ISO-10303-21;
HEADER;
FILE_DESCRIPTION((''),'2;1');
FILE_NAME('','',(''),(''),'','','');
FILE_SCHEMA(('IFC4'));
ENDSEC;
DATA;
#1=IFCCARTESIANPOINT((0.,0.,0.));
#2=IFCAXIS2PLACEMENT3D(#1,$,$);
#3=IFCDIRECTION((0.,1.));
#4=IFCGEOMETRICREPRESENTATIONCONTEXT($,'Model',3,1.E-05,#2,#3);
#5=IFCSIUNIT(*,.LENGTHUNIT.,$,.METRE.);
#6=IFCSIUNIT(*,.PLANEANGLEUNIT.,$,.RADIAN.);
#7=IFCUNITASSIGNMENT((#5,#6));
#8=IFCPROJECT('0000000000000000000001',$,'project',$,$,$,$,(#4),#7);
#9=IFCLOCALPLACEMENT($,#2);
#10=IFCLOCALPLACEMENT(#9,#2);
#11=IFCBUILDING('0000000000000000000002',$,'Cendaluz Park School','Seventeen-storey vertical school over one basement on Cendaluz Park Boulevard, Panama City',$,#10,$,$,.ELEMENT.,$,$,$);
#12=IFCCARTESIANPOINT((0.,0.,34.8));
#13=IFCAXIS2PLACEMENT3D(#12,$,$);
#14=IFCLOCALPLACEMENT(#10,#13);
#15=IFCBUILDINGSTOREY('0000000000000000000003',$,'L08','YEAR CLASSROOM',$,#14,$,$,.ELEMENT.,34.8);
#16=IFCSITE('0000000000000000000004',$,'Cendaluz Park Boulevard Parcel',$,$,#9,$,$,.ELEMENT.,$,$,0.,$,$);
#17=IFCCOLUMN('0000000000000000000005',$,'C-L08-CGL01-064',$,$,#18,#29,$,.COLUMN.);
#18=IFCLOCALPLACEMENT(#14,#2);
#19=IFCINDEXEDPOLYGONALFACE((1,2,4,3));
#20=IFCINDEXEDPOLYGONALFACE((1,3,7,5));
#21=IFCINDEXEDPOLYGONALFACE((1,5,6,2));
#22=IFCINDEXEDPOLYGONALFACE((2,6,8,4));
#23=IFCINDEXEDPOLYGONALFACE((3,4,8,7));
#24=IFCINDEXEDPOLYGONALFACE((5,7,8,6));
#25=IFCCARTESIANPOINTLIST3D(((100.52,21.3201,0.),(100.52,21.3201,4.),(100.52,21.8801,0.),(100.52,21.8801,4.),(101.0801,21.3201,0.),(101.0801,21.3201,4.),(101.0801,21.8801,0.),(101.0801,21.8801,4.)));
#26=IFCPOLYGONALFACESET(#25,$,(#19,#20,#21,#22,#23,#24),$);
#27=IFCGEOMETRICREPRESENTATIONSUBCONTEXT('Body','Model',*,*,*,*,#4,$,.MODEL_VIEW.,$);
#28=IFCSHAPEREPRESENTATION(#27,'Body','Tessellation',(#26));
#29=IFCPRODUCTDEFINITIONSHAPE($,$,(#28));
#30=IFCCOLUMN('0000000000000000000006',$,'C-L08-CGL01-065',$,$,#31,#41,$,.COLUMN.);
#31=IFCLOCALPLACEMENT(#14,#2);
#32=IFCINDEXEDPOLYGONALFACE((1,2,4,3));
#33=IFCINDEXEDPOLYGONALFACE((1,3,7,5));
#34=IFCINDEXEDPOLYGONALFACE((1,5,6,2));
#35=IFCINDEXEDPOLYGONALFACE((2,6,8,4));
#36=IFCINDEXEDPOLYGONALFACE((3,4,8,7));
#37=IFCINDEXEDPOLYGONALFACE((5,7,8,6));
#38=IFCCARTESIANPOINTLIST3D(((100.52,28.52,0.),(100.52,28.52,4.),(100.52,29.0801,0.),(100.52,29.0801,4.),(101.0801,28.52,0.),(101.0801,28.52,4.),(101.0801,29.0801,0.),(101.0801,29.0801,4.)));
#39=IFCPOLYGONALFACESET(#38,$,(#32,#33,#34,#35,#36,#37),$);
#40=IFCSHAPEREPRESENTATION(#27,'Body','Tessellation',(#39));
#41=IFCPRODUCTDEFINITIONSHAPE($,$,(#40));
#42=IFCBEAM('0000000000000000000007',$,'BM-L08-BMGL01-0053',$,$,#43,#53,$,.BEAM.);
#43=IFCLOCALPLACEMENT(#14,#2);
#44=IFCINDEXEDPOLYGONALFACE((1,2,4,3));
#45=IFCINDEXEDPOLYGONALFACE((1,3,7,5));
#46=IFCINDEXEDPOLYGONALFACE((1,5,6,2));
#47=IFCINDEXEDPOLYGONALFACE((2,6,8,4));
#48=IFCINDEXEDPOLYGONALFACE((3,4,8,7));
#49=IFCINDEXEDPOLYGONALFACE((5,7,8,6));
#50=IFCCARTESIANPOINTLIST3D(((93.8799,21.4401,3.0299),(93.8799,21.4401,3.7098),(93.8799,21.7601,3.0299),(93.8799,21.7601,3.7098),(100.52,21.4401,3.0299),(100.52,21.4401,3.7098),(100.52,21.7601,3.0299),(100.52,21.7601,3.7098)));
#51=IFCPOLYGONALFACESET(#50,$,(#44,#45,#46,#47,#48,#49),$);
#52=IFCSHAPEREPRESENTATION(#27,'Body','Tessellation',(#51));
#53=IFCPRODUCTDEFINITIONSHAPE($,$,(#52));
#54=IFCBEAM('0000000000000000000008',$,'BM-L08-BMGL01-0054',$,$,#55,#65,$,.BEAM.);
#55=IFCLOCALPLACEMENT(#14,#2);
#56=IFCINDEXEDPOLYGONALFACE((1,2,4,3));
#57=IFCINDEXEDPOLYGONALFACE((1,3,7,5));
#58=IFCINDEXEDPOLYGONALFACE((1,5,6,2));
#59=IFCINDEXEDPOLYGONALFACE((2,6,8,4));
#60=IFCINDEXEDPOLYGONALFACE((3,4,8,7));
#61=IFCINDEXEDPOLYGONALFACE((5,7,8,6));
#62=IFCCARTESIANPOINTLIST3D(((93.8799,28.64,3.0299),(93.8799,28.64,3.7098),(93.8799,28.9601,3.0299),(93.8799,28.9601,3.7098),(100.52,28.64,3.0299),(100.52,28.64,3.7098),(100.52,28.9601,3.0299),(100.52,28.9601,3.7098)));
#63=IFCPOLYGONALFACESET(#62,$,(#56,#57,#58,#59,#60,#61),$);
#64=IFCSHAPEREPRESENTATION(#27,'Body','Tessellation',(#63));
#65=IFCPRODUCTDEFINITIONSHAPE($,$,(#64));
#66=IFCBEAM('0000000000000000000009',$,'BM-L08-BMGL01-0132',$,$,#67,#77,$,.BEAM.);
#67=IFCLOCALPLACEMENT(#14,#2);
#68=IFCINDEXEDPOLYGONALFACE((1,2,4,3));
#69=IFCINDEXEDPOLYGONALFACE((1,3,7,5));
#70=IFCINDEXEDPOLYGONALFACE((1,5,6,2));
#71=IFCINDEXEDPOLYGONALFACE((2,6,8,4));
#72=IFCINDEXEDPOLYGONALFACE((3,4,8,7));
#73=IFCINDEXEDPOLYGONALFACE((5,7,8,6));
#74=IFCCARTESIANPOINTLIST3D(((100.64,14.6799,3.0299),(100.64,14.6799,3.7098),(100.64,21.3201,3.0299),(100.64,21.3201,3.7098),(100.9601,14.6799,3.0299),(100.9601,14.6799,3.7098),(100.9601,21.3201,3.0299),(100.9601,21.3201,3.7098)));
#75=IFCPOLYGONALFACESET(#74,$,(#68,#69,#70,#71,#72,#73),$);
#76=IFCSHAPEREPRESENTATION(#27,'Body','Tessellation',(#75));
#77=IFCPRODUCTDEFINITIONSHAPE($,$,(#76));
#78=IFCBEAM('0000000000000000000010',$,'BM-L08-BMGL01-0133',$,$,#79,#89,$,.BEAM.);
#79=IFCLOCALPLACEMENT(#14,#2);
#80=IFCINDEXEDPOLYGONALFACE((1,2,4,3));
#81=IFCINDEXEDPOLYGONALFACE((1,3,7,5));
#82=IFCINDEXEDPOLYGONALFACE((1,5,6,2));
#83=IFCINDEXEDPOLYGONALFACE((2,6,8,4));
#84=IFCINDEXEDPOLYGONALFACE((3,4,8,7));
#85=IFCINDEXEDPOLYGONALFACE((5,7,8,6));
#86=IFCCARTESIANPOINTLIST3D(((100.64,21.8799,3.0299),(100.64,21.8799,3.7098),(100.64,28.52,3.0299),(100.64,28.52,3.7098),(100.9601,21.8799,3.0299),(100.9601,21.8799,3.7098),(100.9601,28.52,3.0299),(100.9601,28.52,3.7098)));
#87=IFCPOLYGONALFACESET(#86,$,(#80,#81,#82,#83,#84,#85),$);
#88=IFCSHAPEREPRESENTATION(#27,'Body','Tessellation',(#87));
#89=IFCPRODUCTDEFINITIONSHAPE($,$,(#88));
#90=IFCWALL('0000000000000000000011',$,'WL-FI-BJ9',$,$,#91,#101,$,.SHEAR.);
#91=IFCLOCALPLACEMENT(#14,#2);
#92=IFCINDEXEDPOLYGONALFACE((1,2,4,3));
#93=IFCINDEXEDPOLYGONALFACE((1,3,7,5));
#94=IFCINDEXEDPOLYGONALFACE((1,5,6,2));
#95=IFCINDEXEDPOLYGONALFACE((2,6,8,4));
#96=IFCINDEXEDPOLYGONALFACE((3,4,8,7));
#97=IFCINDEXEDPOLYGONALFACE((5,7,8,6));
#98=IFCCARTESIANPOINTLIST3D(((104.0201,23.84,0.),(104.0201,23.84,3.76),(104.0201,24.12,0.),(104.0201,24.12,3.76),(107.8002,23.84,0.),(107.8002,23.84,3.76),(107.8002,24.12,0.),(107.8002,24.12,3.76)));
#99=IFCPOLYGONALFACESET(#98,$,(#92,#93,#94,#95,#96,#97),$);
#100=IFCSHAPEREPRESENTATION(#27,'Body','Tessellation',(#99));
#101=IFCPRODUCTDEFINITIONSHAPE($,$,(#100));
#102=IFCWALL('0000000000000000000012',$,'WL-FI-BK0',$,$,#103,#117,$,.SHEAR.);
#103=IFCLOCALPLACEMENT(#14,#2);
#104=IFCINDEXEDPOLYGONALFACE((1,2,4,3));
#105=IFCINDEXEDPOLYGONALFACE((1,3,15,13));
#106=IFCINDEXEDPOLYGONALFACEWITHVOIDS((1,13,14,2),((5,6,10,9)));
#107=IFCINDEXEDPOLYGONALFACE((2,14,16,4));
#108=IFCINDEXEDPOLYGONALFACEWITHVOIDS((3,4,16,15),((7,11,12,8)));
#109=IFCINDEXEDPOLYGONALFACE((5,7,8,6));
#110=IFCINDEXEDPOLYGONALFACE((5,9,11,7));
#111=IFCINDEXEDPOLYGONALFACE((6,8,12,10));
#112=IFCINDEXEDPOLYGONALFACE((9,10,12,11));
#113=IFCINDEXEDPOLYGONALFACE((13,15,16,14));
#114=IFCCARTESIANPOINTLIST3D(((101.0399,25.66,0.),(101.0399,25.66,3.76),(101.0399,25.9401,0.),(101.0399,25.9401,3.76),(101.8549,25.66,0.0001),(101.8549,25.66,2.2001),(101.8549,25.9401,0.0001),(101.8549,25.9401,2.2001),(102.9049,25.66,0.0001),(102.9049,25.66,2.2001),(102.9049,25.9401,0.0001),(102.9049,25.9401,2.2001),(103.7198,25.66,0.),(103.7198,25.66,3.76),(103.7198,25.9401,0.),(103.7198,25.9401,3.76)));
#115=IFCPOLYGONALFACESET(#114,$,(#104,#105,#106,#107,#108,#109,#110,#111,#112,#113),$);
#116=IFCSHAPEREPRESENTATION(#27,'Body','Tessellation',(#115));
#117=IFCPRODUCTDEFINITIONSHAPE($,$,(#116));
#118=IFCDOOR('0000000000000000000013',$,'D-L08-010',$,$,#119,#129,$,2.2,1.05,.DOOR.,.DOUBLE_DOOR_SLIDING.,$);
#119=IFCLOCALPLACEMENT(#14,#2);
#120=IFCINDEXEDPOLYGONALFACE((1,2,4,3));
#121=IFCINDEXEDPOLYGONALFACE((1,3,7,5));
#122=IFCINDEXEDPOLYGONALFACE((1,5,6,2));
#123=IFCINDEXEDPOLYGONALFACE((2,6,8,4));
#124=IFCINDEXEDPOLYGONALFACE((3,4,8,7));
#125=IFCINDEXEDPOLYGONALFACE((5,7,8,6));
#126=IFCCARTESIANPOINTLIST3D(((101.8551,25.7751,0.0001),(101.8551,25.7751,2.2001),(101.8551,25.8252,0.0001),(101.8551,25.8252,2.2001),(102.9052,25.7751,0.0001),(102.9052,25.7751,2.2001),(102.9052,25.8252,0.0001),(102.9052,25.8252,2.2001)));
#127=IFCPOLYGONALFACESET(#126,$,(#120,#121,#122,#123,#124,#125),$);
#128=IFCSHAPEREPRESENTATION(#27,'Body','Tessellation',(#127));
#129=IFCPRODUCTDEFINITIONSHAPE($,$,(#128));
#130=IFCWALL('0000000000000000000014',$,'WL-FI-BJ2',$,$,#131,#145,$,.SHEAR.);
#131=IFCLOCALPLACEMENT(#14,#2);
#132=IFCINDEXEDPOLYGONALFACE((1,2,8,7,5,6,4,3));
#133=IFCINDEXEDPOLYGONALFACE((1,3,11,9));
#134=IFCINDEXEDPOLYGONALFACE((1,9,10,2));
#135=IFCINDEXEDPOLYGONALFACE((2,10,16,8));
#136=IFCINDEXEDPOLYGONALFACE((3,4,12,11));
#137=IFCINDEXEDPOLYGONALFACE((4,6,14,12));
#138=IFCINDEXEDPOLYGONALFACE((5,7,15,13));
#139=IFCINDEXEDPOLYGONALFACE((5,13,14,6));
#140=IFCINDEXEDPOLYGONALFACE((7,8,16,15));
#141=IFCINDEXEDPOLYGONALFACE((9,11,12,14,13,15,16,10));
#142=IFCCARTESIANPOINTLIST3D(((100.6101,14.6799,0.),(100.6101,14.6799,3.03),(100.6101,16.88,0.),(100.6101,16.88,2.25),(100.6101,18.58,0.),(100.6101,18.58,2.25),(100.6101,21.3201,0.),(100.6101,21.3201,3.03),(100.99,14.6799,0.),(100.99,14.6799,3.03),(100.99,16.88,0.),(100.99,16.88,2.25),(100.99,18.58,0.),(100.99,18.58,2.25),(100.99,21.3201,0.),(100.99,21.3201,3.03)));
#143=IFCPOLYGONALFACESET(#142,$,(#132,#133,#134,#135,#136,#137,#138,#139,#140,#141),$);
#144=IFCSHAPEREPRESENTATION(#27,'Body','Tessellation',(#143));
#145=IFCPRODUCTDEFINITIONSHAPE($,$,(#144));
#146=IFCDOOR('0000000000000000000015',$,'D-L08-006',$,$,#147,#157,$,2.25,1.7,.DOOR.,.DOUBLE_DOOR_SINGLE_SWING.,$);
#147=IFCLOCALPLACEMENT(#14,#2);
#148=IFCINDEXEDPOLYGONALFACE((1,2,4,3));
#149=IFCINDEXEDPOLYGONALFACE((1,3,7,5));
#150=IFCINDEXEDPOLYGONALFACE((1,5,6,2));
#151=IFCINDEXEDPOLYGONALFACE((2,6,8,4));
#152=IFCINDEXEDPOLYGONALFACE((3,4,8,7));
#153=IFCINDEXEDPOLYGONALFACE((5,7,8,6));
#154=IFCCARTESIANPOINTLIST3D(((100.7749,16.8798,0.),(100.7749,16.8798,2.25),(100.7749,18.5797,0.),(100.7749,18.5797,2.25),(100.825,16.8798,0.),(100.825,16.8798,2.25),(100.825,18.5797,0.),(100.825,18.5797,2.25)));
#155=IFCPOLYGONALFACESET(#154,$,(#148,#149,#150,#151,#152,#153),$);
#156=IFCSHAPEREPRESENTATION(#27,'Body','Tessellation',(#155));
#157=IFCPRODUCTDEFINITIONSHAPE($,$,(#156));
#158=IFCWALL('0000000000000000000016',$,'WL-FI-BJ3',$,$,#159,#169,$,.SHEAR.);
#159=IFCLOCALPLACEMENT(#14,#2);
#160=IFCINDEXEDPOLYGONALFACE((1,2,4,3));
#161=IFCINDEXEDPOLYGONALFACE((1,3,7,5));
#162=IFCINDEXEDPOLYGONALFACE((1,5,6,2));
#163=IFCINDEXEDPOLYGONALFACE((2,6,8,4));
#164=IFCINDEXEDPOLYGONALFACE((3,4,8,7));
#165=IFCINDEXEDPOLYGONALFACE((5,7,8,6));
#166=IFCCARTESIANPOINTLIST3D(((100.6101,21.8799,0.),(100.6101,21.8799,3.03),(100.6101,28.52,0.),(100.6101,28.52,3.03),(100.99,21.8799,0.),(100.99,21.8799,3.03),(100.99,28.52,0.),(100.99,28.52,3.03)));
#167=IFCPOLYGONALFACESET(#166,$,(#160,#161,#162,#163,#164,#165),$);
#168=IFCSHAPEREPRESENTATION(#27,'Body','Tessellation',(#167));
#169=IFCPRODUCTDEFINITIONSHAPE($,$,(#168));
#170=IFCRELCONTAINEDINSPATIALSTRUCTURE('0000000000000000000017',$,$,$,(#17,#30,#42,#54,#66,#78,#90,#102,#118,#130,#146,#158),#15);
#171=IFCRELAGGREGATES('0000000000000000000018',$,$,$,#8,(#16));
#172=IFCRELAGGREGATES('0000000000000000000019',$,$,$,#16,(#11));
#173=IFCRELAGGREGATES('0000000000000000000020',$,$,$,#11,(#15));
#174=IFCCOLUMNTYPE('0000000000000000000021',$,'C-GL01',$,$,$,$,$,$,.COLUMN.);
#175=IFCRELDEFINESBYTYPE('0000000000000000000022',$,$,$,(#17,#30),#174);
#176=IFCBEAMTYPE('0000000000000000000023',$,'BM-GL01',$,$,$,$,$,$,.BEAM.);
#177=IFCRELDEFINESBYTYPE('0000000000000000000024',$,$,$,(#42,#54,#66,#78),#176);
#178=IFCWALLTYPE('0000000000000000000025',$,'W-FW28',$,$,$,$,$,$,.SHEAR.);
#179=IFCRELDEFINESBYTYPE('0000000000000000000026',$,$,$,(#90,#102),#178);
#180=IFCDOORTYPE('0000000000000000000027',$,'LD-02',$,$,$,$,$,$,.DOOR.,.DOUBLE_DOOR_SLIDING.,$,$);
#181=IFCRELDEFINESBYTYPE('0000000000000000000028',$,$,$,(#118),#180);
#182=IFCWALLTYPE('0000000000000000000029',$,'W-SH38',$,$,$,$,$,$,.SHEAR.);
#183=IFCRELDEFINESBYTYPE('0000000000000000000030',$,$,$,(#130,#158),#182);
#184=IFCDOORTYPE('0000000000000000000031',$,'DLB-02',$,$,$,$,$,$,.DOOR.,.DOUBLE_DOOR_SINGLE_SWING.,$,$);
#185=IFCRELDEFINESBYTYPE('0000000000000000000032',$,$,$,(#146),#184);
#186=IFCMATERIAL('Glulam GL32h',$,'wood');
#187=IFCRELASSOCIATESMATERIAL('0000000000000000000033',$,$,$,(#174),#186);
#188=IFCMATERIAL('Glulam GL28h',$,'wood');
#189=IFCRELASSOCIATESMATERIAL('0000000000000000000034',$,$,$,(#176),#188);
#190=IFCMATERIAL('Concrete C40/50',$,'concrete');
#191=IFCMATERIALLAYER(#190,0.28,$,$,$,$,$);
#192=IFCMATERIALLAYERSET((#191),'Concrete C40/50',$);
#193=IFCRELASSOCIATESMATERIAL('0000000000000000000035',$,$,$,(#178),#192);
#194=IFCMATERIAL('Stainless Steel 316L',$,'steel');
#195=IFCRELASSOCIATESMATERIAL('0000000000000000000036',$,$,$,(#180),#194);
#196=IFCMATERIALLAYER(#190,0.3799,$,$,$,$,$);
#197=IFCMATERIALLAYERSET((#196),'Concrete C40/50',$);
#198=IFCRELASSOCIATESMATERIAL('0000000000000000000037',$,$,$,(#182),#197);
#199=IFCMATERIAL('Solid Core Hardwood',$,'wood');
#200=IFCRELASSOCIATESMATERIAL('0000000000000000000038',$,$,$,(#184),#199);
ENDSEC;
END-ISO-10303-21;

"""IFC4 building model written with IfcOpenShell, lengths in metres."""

from ifc_helpers import new_model, si_unit, direction, frame, frame_2d, origin, origin_2d, place, context, subcontext, project, spatial, rectangle, extrude, material, layer, layer_set, material_profile, profile_set, type_object, element, fill, save


model = new_model("IFC4")

# Units and contexts
model_context = context("Model", 3, precision=1e-05, world=origin(), true_north=direction((0.0, 1.0)))
body_context = subcontext(model_context, "Body", "Model", "MODEL_VIEW")
ifc_project = project(units=[si_unit("LENGTHUNIT", "METRE"), si_unit("PLANEANGLEUNIT", "RADIAN")], contexts=[model_context])

# Site, building, storey
site_placement = place(None, origin())
site = spatial("IfcSite", under=ifc_project, at=site_placement, Name="Cendaluz Park Boulevard Parcel", CompositionType="ELEMENT", RefElevation=0.0)
building_placement = place(site_placement, origin())
building = spatial("IfcBuilding", under=site, at=building_placement, Name="Cendaluz Park School", Description="Seventeen-storey vertical school over one basement on Cendaluz Park Boulevard, Panama City", CompositionType="ELEMENT")
storey_placement = place(building_placement, frame((0.0, 0.0, 34.8)))
storey = spatial("IfcBuildingStorey", under=building, at=storey_placement, Name="L08", Description="YEAR CLASSROOM", CompositionType="ELEMENT", Elevation=34.8)

# Columns
ifc_material_1 = material(Name="Glulam GL32h", Category="wood")
ifc_material_profile_1 = material_profile(ifc_material_1, rectangle(XDim=0.5601, YDim=0.5601, at=origin_2d()), Name="GL32h 560x560", Category="wood")
ifc_profile_set_1 = profile_set([ifc_material_profile_1], Name="Glulam GL32h")
column_type = type_object("IfcColumnType", Name="C-GL01", PredefinedType="COLUMN", material=ifc_profile_set_1)
for number, where, z_axis, x_axis, name in (
    (1, (100.8, 21.6001, 0.0), (0.0, 0.0, 1.0), (1.0, 0.0, 0.0), "C-L08-CGL01-064"),
    (2, (100.8, 28.8, 0.0), (0.0, 0.0, 1.0), (1.0, 0.0, 0.0), "C-L08-CGL01-065"),
):
    element("IfcColumn", number, at=place(storey_placement, frame(where, z_axis=z_axis, x_axis=x_axis)), inside=storey, type_object=column_type, Name=name, PredefinedType="COLUMN", context=body_context, shape_type="SweptSolid", body=[
        extrude(rectangle(XDim=0.5601, YDim=0.5601, at=origin_2d()), origin(), (0.0, 0.0, 1.0), 4.0),
    ])

# Beams
ifc_material_2 = material(Name="Glulam GL28h", Category="wood")
ifc_material_profile_2 = material_profile(ifc_material_2, rectangle(XDim=0.3201, YDim=0.6799, at=origin_2d()), Name="GL28h 320x680", Category="wood")
ifc_profile_set_2 = profile_set([ifc_material_profile_2], Name="Glulam GL28h")
beam_type = type_object("IfcBeamType", Name="BM-GL01", PredefinedType="BEAM", material=ifc_profile_set_2)
for number, where, z_axis, x_axis, name in (
    (3, (93.8799, 21.6001, 3.3699), (1.0, 0.0, 0.0), (0.0, 1.0, 0.0), "BM-L08-BMGL01-0053"),
    (4, (93.8799, 28.8, 3.3699), (1.0, 0.0, 0.0), (0.0, 1.0, 0.0), "BM-L08-BMGL01-0054"),
    (5, (100.8, 14.6799, 3.3699), (0.0, 1.0, 0.0), (-1.0, 0.0, 0.0), "BM-L08-BMGL01-0132"),
    (6, (100.8, 21.8799, 3.3699), (0.0, 1.0, 0.0), (-1.0, 0.0, 0.0), "BM-L08-BMGL01-0133"),
):
    element("IfcBeam", number, at=place(storey_placement, frame(where, z_axis=z_axis, x_axis=x_axis)), inside=storey, type_object=beam_type, Name=name, PredefinedType="BEAM", context=body_context, shape_type="SweptSolid", body=[
        extrude(rectangle(XDim=0.3201, YDim=0.6799, at=origin_2d()), origin(), (0.0, 0.0, 1.0), 6.6401),
    ])

# Wall
ifc_material_3 = material(Name="Concrete C40/50", Category="concrete")
ifc_layer_1 = layer(ifc_material_3, 0.28)
ifc_layer_set_1 = layer_set([ifc_layer_1], Name="Concrete C40/50")
wall_type_1 = type_object("IfcWallType", Name="W-FW28", PredefinedType="SHEAR", material=ifc_layer_set_1)
wall_1_placement = place(storey_placement, frame((104.02, 23.98, 0.0), z_axis=(0.0, 0.0, 1.0), x_axis=(1.0, 0.0, 0.0)))
element("IfcWall", 7, at=wall_1_placement, inside=storey, type_object=wall_type_1, Name="WL-FI-BJ9", PredefinedType="SHEAR", context=body_context, shape_type="SweptSolid", body=[
    extrude(rectangle(XDim=3.78, YDim=0.28, at=frame_2d((1.8901, 0.0))), origin(), (0.0, 0.0, 1.0), 3.76),
])

# Walls, openings, doors
wall_2_placement = place(storey_placement, frame((101.04, 25.8, 0.0), z_axis=(0.0, 0.0, 1.0), x_axis=(1.0, 0.0, 0.0)))
wall_2 = element("IfcWall", 8, at=wall_2_placement, inside=storey, type_object=wall_type_1, Name="WL-FI-BK0", PredefinedType="SHEAR", context=body_context, shape_type="SweptSolid", body=[
    extrude(rectangle(XDim=2.6799, YDim=0.28, at=frame_2d((1.3398, 0.0))), origin(), (0.0, 0.0, 1.0), 3.76),
])
opening_1_placement = place(wall_2_placement, frame((0.8149, 0.0, 0.0)))
opening_1 = element("IfcOpeningElement", 9, at=opening_1_placement, cuts=wall_2, PredefinedType="OPENING", context=body_context, shape_type="SweptSolid", body=[
    extrude(rectangle(XDim=1.05, YDim=2.2, at=frame_2d((0.5249, 1.1001))), frame((0.0, 0.1521, 0.0), z_axis=(0.0, -1.0, 0.0), x_axis=(1.0, 0.0, 0.0)), (0.0, 0.0, 1.0), 0.304),
])
ifc_material_4 = material(Name="Stainless Steel 316L", Category="steel")
door_type_1 = type_object("IfcDoorType", Name="LD-02", OperationType="DOUBLE_DOOR_SLIDING", PredefinedType="DOOR", material=ifc_material_4)
door_1_placement = place(opening_1_placement, frame((1.05, 0.0, 0.0), z_axis=(0.0, 0.0, 1.0), x_axis=(-1.0, 0.0, 0.0)))
door_1 = element("IfcDoor", 10, at=door_1_placement, inside=storey, type_object=door_type_1, Name="D-L08-010", OperationType="DOUBLE_DOOR_SLIDING", OverallHeight=2.2, OverallWidth=1.05, PredefinedType="DOOR", context=body_context, shape_type="SweptSolid", body=[
    extrude(rectangle(XDim=1.05, YDim=2.2, at=frame_2d((0.5249, 1.1001))), frame((0.0, 0.0249, 0.0), z_axis=(0.0, -1.0, 0.0), x_axis=(1.0, 0.0, 0.0)), (0.0, 0.0, 1.0), 0.05),
])
fill(opening_1, door_1)
ifc_layer_2 = layer(ifc_material_3, 0.3799)
ifc_layer_set_2 = layer_set([ifc_layer_2], Name="Concrete C40/50")
wall_type_2 = type_object("IfcWallType", Name="W-SH38", PredefinedType="SHEAR", material=ifc_layer_set_2)
wall_3_placement = place(storey_placement, frame((100.8, 14.6799, 0.0), z_axis=(0.0, 0.0, 1.0), x_axis=(0.0, 1.0, 0.0)))
wall_3 = element("IfcWall", 11, at=wall_3_placement, inside=storey, type_object=wall_type_2, Name="WL-FI-BJ2", PredefinedType="SHEAR", context=body_context, shape_type="SweptSolid", body=[
    extrude(rectangle(XDim=6.6401, YDim=0.3799, at=frame_2d((3.3201, 0.0))), origin(), (0.0, 0.0, 1.0), 3.03),
])
opening_2_placement = place(wall_3_placement, frame((2.2, 0.0, 0.0)))
opening_2 = element("IfcOpeningElement", 12, at=opening_2_placement, cuts=wall_3, PredefinedType="OPENING", context=body_context, shape_type="SweptSolid", body=[
    extrude(rectangle(XDim=1.7, YDim=2.25, at=frame_2d((0.8501, 1.125))), frame((0.0, 0.2019, 0.0), z_axis=(0.0, -1.0, 0.0), x_axis=(1.0, 0.0, 0.0)), (0.0, 0.0, 1.0), 0.4038),
])
ifc_material_5 = material(Name="Solid Core Hardwood", Category="wood")
door_type_2 = type_object("IfcDoorType", Name="DLB-02", OperationType="DOUBLE_DOOR_SINGLE_SWING", PredefinedType="DOOR", material=ifc_material_5)
door_2_placement = place(opening_2_placement, frame((1.7, 0.0, 0.0), z_axis=(0.0, 0.0, 1.0), x_axis=(-1.0, 0.0, 0.0)))
door_2 = element("IfcDoor", 13, at=door_2_placement, inside=storey, type_object=door_type_2, Name="D-L08-006", OperationType="DOUBLE_DOOR_SINGLE_SWING", OverallHeight=2.25, OverallWidth=1.7, PredefinedType="DOOR", context=body_context, shape_type="SweptSolid", body=[
    extrude(rectangle(XDim=1.7, YDim=2.25, at=frame_2d((0.8501, 1.125))), frame((0.0, 0.0249, 0.0), z_axis=(0.0, -1.0, 0.0), x_axis=(1.0, 0.0, 0.0)), (0.0, 0.0, 1.0), 0.05),
])
fill(opening_2, door_2)

# Wall
wall_4_placement = place(storey_placement, frame((100.8, 21.8799, 0.0), z_axis=(0.0, 0.0, 1.0), x_axis=(0.0, 1.0, 0.0)))
element("IfcWall", 14, at=wall_4_placement, inside=storey, type_object=wall_type_2, Name="WL-FI-BJ3", PredefinedType="SHEAR", context=body_context, shape_type="SweptSolid", body=[
    extrude(rectangle(XDim=6.6401, YDim=0.3799, at=frame_2d((3.3201, 0.0))), origin(), (0.0, 0.0, 1.0), 3.03),
])

save(model, "model.ifc")
